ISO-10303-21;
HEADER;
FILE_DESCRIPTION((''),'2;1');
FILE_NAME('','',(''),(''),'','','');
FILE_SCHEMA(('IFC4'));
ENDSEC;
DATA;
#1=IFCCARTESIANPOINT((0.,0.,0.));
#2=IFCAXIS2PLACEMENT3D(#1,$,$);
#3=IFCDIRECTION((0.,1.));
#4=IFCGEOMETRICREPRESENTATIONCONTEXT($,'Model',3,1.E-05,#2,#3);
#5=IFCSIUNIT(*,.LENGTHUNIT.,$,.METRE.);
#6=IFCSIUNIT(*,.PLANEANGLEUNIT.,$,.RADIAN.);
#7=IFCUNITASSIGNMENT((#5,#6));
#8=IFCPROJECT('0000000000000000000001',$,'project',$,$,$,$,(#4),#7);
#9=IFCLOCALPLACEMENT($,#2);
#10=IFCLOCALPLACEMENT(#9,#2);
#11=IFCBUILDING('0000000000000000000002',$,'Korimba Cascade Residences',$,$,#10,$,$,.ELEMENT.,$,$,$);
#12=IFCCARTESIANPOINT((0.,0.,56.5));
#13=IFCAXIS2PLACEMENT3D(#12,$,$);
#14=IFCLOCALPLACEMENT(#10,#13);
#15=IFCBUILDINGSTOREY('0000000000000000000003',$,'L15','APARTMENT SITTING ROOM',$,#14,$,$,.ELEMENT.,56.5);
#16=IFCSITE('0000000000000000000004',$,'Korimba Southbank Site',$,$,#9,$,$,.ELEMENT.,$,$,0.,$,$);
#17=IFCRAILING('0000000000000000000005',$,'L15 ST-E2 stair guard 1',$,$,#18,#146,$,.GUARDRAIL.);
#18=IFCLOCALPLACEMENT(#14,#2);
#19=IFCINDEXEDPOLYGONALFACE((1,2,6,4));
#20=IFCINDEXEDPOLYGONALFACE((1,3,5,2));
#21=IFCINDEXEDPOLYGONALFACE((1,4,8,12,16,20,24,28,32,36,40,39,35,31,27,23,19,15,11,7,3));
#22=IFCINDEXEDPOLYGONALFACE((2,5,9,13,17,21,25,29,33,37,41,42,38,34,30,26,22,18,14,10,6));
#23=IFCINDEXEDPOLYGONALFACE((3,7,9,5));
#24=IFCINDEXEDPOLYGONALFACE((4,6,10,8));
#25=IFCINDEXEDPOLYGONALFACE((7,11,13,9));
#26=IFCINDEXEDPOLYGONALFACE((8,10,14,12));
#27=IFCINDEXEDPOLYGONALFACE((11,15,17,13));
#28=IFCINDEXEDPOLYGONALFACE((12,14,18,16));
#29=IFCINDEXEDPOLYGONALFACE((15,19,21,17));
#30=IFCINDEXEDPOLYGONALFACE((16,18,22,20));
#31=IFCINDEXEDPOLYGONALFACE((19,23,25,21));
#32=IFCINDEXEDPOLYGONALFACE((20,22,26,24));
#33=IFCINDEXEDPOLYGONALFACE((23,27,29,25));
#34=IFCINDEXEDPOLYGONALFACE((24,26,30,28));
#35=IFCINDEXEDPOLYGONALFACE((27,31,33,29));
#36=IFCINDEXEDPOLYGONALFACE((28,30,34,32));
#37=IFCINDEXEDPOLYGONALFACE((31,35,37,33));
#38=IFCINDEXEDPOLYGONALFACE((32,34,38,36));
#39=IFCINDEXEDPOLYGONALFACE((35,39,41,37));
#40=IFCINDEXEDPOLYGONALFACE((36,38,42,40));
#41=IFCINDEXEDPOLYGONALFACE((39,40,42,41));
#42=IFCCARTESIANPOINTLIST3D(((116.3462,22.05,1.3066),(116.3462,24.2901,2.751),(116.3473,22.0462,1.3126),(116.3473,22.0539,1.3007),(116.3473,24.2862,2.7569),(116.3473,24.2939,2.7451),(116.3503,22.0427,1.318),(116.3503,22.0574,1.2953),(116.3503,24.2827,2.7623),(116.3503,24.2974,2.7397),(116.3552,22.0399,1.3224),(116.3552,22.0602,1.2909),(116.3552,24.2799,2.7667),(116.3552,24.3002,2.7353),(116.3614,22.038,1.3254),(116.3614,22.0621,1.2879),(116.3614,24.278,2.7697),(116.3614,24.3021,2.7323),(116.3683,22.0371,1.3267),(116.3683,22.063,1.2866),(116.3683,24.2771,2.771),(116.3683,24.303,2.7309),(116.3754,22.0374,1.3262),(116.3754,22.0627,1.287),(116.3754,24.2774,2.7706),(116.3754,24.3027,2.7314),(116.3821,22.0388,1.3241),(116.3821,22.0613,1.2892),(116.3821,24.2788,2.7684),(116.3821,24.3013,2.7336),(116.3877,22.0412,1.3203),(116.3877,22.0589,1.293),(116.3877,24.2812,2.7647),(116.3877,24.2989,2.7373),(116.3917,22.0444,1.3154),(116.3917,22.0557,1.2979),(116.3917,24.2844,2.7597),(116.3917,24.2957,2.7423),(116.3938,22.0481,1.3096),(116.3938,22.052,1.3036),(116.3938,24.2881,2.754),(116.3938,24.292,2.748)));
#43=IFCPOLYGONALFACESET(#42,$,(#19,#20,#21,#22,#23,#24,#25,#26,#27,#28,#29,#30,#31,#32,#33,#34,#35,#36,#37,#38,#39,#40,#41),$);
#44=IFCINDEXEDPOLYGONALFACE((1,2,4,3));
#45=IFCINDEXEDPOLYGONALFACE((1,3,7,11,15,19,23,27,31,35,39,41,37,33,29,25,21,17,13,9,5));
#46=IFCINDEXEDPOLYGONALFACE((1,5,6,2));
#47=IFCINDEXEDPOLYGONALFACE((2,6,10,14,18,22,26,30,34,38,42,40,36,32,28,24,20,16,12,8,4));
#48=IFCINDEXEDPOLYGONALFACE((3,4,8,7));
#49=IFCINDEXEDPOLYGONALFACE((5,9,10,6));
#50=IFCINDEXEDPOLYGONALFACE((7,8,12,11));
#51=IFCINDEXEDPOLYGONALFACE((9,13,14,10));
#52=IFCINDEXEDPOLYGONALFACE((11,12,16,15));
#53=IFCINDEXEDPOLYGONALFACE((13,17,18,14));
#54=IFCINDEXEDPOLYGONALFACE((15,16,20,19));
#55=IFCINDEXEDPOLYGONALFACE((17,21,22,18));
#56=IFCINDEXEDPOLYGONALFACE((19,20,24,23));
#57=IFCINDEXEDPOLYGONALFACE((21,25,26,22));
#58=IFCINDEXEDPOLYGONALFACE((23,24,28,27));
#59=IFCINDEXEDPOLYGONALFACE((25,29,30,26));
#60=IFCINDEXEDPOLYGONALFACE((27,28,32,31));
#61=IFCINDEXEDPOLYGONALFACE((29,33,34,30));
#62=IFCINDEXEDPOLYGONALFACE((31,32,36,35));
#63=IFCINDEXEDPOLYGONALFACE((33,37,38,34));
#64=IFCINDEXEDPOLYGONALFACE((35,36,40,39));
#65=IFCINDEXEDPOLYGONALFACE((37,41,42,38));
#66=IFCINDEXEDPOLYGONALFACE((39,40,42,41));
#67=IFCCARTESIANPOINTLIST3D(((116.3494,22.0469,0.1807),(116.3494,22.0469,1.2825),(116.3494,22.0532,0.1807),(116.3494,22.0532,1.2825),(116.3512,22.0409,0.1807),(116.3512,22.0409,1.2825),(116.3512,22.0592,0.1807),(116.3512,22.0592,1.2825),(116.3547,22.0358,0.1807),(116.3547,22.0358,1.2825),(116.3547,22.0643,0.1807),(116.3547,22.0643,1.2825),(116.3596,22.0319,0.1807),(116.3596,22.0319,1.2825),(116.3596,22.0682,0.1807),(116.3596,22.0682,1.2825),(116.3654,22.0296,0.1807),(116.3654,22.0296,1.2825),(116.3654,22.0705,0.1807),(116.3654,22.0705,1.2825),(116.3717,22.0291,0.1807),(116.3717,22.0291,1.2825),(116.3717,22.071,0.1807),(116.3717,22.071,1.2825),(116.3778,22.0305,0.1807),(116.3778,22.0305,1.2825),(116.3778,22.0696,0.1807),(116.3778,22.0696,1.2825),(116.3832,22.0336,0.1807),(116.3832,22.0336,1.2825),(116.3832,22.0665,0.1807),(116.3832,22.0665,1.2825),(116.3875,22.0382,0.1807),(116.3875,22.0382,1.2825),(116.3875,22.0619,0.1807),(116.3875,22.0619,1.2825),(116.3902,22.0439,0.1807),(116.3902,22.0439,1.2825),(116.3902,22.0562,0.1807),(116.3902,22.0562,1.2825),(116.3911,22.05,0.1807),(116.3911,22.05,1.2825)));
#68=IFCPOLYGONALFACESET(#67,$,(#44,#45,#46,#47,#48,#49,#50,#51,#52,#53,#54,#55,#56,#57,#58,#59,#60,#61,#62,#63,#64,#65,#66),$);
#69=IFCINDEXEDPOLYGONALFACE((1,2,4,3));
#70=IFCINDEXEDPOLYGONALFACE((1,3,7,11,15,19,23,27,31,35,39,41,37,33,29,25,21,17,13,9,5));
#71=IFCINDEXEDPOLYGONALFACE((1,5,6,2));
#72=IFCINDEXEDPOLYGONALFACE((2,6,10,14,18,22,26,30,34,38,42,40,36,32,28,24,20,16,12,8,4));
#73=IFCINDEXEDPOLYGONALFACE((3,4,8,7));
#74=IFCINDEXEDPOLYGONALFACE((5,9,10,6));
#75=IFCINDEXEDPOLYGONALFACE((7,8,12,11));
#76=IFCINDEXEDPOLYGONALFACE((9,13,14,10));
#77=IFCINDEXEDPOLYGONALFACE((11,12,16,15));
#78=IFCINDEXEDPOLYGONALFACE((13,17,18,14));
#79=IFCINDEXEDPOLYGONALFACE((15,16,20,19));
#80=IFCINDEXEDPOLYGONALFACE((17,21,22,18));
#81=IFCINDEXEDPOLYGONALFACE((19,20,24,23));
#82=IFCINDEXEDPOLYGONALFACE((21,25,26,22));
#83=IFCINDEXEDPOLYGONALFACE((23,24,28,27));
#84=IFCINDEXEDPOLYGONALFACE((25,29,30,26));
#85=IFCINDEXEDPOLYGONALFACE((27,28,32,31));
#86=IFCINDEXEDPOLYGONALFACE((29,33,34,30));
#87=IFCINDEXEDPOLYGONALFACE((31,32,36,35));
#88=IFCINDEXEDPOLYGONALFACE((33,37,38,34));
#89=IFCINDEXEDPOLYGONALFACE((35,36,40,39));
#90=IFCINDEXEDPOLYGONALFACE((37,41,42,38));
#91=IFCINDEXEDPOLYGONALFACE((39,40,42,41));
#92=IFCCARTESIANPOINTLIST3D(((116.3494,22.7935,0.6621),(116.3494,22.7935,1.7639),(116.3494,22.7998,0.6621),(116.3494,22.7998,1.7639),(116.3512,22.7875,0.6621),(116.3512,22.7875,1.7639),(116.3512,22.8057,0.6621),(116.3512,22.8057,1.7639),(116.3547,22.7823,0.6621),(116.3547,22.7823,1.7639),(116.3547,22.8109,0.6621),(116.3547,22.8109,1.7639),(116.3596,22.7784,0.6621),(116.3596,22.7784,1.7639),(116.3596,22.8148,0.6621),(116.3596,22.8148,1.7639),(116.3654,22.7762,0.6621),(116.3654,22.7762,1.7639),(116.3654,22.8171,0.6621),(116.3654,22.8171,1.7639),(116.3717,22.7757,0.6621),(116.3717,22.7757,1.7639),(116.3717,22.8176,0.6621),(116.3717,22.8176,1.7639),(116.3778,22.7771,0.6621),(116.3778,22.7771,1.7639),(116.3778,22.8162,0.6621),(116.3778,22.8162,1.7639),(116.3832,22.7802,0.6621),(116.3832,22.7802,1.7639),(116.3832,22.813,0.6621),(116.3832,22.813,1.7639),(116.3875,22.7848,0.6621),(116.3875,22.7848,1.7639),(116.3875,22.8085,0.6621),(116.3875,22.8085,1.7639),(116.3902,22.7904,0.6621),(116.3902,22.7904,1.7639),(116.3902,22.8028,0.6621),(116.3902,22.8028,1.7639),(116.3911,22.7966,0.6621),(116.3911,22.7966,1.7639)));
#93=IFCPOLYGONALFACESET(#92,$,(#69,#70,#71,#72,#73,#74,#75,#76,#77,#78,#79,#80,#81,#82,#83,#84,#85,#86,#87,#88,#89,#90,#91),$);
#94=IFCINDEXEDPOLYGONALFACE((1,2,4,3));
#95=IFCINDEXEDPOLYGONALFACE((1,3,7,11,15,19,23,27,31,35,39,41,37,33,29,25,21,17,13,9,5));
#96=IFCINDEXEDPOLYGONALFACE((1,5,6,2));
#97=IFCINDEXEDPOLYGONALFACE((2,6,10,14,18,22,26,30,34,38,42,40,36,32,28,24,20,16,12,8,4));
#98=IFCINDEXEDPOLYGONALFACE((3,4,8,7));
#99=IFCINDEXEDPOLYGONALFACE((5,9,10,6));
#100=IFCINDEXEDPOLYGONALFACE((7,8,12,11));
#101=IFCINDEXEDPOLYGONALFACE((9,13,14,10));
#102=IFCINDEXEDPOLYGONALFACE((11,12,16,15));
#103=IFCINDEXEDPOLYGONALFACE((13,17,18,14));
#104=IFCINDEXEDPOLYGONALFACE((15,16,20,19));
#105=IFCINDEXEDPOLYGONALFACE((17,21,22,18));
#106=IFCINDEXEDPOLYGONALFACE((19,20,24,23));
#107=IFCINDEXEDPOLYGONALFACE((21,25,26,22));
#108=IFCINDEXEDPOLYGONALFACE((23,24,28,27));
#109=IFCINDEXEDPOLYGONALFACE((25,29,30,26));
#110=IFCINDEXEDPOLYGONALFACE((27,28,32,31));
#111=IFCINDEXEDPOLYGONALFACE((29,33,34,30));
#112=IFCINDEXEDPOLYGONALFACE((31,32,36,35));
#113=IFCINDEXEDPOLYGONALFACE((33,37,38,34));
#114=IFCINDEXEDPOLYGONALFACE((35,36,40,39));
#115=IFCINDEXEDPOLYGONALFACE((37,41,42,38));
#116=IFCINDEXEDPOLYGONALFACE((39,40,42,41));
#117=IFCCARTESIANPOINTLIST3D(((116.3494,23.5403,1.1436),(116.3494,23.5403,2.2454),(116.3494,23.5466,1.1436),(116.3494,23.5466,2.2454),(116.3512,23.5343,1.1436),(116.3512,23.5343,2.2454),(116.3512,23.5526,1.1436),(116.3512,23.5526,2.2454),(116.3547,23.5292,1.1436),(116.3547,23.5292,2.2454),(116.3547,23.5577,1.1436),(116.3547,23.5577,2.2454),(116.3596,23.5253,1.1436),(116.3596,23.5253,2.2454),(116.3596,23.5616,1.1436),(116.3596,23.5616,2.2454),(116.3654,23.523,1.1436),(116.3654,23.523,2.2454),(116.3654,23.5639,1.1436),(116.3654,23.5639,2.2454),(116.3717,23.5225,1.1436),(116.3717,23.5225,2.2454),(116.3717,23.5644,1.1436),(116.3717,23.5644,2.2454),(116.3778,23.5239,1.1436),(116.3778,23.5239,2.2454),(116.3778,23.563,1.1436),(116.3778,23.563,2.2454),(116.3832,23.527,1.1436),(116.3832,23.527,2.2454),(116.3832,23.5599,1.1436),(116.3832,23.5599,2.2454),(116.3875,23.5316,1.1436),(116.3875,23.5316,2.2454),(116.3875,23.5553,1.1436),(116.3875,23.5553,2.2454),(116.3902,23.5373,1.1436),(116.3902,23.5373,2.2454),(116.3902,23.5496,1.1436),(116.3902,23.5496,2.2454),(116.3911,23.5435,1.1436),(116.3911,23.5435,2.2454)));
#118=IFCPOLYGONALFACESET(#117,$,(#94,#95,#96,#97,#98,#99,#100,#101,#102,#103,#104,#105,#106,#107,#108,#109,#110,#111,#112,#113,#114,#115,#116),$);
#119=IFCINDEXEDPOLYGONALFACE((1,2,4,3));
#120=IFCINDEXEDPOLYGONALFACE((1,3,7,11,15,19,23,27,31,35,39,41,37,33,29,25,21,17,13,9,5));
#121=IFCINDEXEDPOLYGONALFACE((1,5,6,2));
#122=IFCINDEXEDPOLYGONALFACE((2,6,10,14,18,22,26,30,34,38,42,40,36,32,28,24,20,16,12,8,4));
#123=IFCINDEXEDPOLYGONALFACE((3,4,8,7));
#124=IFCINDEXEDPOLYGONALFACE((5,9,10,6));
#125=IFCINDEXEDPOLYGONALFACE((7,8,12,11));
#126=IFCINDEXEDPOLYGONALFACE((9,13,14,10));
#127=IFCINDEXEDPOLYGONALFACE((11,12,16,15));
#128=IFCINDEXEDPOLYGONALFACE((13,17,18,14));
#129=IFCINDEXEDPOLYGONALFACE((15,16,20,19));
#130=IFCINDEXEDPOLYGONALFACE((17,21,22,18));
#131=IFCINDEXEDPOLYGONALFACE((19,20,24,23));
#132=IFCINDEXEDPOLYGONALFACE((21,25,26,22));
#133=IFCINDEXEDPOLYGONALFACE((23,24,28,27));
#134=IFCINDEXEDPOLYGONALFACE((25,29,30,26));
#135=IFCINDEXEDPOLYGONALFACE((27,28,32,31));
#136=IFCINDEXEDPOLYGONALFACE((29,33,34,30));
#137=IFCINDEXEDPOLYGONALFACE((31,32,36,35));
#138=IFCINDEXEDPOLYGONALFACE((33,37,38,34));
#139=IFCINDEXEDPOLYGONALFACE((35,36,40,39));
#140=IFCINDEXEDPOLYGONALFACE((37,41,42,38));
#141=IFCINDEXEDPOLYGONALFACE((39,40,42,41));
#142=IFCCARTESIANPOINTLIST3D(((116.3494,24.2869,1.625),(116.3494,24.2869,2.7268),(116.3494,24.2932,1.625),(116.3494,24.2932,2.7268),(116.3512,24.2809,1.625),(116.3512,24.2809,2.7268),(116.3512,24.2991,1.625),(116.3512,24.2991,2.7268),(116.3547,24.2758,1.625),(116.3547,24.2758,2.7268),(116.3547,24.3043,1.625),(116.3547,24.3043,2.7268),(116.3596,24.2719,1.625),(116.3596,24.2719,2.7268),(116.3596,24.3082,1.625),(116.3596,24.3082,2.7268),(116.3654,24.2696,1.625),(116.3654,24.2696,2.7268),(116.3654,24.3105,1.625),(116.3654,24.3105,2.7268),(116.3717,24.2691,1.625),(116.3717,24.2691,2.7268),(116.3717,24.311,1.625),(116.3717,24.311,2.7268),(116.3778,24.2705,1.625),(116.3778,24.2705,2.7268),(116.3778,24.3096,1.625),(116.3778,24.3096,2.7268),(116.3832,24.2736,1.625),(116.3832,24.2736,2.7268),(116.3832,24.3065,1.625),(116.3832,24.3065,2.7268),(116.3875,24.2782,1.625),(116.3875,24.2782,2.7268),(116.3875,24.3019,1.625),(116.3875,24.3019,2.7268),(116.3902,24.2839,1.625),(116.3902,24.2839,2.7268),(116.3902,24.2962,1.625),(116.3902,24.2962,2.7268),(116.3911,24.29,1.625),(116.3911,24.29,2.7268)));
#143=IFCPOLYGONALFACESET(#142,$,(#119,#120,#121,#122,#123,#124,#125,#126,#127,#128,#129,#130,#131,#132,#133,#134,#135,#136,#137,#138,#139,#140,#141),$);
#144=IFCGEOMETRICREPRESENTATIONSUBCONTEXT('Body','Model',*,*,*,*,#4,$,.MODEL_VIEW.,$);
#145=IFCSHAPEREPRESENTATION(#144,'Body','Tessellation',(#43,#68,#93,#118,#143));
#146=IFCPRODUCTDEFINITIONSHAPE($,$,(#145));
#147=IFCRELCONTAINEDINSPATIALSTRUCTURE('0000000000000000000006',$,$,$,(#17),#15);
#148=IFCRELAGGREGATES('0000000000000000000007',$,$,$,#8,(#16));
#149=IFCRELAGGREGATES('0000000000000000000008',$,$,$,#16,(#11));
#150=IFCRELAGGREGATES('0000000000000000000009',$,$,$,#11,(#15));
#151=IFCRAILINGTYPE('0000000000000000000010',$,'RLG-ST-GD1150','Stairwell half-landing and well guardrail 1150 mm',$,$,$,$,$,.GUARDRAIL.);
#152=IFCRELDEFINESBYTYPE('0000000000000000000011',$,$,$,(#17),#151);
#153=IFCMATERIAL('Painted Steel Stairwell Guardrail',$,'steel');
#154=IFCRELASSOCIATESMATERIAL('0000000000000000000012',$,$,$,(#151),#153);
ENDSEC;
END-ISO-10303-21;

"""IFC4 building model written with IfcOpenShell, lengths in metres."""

from ifc_helpers import new_model, si_unit, direction, frame, origin, origin_2d, place, context, subcontext, project, spatial, circle, extrude, material, type_object, element, save


model = new_model("IFC4")

# Units and contexts
model_context = context("Model", 3, precision=1e-05, world=origin(), true_north=direction((0.0, 1.0)))
body_context = subcontext(model_context, "Body", "Model", "MODEL_VIEW")
ifc_project = project(units=[si_unit("LENGTHUNIT", "METRE"), si_unit("PLANEANGLEUNIT", "RADIAN")], contexts=[model_context])

# Site, building, storey
site_placement = place(None, origin())
site = spatial("IfcSite", under=ifc_project, at=site_placement, Name="Korimba Southbank Site", CompositionType="ELEMENT", RefElevation=0.0)
building_placement = place(site_placement, origin())
building = spatial("IfcBuilding", under=site, at=building_placement, Name="Korimba Cascade Residences", CompositionType="ELEMENT")
storey_placement = place(building_placement, frame((0.0, 0.0, 56.5)))
storey = spatial("IfcBuildingStorey", under=building, at=storey_placement, Name="L15", Description="APARTMENT SITTING ROOM", CompositionType="ELEMENT", Elevation=56.5)

# Railing
ifc_material_1 = material(Name="Painted Steel Stairwell Guardrail", Category="steel")
railing_type_1 = type_object("IfcRailingType", Name="RLG-ST-GD1150", Description="Stairwell half-landing and well guardrail 1150 mm", PredefinedType="GUARDRAIL", material=ifc_material_1)
railing_1_placement = place(storey_placement, frame((116.3701, 22.05, 0.1807)))
element("IfcRailing", 1, at=railing_1_placement, inside=storey, type_object=railing_type_1, Name="L15 ST-E2 stair guard 1", PredefinedType="GUARDRAIL", context=body_context, shape_type="SweptSolid", body=[
    extrude(circle(Radius=0.0239, at=origin_2d()), frame((0.0, 0.0, 1.126), z_axis=(0.0, 0.840437, 0.54191), x_axis=(-1.0, 0.0, 0.0)), (0.0, 0.0, 1.0), 2.6653),
    extrude(circle(Radius=0.021, at=origin_2d()), origin(), (0.0, 0.0, 1.0), 1.1018),
    extrude(circle(Radius=0.021, at=origin_2d()), frame((0.0, 0.7466, 0.4814)), (0.0, 0.0, 1.0), 1.1018),
    extrude(circle(Radius=0.021, at=origin_2d()), frame((0.0, 1.4934, 0.9629)), (0.0, 0.0, 1.0), 1.1018),
    extrude(circle(Radius=0.021, at=origin_2d()), frame((0.0, 2.24, 1.4443)), (0.0, 0.0, 1.0), 1.1018),
])

save(model, "model.ifc")
